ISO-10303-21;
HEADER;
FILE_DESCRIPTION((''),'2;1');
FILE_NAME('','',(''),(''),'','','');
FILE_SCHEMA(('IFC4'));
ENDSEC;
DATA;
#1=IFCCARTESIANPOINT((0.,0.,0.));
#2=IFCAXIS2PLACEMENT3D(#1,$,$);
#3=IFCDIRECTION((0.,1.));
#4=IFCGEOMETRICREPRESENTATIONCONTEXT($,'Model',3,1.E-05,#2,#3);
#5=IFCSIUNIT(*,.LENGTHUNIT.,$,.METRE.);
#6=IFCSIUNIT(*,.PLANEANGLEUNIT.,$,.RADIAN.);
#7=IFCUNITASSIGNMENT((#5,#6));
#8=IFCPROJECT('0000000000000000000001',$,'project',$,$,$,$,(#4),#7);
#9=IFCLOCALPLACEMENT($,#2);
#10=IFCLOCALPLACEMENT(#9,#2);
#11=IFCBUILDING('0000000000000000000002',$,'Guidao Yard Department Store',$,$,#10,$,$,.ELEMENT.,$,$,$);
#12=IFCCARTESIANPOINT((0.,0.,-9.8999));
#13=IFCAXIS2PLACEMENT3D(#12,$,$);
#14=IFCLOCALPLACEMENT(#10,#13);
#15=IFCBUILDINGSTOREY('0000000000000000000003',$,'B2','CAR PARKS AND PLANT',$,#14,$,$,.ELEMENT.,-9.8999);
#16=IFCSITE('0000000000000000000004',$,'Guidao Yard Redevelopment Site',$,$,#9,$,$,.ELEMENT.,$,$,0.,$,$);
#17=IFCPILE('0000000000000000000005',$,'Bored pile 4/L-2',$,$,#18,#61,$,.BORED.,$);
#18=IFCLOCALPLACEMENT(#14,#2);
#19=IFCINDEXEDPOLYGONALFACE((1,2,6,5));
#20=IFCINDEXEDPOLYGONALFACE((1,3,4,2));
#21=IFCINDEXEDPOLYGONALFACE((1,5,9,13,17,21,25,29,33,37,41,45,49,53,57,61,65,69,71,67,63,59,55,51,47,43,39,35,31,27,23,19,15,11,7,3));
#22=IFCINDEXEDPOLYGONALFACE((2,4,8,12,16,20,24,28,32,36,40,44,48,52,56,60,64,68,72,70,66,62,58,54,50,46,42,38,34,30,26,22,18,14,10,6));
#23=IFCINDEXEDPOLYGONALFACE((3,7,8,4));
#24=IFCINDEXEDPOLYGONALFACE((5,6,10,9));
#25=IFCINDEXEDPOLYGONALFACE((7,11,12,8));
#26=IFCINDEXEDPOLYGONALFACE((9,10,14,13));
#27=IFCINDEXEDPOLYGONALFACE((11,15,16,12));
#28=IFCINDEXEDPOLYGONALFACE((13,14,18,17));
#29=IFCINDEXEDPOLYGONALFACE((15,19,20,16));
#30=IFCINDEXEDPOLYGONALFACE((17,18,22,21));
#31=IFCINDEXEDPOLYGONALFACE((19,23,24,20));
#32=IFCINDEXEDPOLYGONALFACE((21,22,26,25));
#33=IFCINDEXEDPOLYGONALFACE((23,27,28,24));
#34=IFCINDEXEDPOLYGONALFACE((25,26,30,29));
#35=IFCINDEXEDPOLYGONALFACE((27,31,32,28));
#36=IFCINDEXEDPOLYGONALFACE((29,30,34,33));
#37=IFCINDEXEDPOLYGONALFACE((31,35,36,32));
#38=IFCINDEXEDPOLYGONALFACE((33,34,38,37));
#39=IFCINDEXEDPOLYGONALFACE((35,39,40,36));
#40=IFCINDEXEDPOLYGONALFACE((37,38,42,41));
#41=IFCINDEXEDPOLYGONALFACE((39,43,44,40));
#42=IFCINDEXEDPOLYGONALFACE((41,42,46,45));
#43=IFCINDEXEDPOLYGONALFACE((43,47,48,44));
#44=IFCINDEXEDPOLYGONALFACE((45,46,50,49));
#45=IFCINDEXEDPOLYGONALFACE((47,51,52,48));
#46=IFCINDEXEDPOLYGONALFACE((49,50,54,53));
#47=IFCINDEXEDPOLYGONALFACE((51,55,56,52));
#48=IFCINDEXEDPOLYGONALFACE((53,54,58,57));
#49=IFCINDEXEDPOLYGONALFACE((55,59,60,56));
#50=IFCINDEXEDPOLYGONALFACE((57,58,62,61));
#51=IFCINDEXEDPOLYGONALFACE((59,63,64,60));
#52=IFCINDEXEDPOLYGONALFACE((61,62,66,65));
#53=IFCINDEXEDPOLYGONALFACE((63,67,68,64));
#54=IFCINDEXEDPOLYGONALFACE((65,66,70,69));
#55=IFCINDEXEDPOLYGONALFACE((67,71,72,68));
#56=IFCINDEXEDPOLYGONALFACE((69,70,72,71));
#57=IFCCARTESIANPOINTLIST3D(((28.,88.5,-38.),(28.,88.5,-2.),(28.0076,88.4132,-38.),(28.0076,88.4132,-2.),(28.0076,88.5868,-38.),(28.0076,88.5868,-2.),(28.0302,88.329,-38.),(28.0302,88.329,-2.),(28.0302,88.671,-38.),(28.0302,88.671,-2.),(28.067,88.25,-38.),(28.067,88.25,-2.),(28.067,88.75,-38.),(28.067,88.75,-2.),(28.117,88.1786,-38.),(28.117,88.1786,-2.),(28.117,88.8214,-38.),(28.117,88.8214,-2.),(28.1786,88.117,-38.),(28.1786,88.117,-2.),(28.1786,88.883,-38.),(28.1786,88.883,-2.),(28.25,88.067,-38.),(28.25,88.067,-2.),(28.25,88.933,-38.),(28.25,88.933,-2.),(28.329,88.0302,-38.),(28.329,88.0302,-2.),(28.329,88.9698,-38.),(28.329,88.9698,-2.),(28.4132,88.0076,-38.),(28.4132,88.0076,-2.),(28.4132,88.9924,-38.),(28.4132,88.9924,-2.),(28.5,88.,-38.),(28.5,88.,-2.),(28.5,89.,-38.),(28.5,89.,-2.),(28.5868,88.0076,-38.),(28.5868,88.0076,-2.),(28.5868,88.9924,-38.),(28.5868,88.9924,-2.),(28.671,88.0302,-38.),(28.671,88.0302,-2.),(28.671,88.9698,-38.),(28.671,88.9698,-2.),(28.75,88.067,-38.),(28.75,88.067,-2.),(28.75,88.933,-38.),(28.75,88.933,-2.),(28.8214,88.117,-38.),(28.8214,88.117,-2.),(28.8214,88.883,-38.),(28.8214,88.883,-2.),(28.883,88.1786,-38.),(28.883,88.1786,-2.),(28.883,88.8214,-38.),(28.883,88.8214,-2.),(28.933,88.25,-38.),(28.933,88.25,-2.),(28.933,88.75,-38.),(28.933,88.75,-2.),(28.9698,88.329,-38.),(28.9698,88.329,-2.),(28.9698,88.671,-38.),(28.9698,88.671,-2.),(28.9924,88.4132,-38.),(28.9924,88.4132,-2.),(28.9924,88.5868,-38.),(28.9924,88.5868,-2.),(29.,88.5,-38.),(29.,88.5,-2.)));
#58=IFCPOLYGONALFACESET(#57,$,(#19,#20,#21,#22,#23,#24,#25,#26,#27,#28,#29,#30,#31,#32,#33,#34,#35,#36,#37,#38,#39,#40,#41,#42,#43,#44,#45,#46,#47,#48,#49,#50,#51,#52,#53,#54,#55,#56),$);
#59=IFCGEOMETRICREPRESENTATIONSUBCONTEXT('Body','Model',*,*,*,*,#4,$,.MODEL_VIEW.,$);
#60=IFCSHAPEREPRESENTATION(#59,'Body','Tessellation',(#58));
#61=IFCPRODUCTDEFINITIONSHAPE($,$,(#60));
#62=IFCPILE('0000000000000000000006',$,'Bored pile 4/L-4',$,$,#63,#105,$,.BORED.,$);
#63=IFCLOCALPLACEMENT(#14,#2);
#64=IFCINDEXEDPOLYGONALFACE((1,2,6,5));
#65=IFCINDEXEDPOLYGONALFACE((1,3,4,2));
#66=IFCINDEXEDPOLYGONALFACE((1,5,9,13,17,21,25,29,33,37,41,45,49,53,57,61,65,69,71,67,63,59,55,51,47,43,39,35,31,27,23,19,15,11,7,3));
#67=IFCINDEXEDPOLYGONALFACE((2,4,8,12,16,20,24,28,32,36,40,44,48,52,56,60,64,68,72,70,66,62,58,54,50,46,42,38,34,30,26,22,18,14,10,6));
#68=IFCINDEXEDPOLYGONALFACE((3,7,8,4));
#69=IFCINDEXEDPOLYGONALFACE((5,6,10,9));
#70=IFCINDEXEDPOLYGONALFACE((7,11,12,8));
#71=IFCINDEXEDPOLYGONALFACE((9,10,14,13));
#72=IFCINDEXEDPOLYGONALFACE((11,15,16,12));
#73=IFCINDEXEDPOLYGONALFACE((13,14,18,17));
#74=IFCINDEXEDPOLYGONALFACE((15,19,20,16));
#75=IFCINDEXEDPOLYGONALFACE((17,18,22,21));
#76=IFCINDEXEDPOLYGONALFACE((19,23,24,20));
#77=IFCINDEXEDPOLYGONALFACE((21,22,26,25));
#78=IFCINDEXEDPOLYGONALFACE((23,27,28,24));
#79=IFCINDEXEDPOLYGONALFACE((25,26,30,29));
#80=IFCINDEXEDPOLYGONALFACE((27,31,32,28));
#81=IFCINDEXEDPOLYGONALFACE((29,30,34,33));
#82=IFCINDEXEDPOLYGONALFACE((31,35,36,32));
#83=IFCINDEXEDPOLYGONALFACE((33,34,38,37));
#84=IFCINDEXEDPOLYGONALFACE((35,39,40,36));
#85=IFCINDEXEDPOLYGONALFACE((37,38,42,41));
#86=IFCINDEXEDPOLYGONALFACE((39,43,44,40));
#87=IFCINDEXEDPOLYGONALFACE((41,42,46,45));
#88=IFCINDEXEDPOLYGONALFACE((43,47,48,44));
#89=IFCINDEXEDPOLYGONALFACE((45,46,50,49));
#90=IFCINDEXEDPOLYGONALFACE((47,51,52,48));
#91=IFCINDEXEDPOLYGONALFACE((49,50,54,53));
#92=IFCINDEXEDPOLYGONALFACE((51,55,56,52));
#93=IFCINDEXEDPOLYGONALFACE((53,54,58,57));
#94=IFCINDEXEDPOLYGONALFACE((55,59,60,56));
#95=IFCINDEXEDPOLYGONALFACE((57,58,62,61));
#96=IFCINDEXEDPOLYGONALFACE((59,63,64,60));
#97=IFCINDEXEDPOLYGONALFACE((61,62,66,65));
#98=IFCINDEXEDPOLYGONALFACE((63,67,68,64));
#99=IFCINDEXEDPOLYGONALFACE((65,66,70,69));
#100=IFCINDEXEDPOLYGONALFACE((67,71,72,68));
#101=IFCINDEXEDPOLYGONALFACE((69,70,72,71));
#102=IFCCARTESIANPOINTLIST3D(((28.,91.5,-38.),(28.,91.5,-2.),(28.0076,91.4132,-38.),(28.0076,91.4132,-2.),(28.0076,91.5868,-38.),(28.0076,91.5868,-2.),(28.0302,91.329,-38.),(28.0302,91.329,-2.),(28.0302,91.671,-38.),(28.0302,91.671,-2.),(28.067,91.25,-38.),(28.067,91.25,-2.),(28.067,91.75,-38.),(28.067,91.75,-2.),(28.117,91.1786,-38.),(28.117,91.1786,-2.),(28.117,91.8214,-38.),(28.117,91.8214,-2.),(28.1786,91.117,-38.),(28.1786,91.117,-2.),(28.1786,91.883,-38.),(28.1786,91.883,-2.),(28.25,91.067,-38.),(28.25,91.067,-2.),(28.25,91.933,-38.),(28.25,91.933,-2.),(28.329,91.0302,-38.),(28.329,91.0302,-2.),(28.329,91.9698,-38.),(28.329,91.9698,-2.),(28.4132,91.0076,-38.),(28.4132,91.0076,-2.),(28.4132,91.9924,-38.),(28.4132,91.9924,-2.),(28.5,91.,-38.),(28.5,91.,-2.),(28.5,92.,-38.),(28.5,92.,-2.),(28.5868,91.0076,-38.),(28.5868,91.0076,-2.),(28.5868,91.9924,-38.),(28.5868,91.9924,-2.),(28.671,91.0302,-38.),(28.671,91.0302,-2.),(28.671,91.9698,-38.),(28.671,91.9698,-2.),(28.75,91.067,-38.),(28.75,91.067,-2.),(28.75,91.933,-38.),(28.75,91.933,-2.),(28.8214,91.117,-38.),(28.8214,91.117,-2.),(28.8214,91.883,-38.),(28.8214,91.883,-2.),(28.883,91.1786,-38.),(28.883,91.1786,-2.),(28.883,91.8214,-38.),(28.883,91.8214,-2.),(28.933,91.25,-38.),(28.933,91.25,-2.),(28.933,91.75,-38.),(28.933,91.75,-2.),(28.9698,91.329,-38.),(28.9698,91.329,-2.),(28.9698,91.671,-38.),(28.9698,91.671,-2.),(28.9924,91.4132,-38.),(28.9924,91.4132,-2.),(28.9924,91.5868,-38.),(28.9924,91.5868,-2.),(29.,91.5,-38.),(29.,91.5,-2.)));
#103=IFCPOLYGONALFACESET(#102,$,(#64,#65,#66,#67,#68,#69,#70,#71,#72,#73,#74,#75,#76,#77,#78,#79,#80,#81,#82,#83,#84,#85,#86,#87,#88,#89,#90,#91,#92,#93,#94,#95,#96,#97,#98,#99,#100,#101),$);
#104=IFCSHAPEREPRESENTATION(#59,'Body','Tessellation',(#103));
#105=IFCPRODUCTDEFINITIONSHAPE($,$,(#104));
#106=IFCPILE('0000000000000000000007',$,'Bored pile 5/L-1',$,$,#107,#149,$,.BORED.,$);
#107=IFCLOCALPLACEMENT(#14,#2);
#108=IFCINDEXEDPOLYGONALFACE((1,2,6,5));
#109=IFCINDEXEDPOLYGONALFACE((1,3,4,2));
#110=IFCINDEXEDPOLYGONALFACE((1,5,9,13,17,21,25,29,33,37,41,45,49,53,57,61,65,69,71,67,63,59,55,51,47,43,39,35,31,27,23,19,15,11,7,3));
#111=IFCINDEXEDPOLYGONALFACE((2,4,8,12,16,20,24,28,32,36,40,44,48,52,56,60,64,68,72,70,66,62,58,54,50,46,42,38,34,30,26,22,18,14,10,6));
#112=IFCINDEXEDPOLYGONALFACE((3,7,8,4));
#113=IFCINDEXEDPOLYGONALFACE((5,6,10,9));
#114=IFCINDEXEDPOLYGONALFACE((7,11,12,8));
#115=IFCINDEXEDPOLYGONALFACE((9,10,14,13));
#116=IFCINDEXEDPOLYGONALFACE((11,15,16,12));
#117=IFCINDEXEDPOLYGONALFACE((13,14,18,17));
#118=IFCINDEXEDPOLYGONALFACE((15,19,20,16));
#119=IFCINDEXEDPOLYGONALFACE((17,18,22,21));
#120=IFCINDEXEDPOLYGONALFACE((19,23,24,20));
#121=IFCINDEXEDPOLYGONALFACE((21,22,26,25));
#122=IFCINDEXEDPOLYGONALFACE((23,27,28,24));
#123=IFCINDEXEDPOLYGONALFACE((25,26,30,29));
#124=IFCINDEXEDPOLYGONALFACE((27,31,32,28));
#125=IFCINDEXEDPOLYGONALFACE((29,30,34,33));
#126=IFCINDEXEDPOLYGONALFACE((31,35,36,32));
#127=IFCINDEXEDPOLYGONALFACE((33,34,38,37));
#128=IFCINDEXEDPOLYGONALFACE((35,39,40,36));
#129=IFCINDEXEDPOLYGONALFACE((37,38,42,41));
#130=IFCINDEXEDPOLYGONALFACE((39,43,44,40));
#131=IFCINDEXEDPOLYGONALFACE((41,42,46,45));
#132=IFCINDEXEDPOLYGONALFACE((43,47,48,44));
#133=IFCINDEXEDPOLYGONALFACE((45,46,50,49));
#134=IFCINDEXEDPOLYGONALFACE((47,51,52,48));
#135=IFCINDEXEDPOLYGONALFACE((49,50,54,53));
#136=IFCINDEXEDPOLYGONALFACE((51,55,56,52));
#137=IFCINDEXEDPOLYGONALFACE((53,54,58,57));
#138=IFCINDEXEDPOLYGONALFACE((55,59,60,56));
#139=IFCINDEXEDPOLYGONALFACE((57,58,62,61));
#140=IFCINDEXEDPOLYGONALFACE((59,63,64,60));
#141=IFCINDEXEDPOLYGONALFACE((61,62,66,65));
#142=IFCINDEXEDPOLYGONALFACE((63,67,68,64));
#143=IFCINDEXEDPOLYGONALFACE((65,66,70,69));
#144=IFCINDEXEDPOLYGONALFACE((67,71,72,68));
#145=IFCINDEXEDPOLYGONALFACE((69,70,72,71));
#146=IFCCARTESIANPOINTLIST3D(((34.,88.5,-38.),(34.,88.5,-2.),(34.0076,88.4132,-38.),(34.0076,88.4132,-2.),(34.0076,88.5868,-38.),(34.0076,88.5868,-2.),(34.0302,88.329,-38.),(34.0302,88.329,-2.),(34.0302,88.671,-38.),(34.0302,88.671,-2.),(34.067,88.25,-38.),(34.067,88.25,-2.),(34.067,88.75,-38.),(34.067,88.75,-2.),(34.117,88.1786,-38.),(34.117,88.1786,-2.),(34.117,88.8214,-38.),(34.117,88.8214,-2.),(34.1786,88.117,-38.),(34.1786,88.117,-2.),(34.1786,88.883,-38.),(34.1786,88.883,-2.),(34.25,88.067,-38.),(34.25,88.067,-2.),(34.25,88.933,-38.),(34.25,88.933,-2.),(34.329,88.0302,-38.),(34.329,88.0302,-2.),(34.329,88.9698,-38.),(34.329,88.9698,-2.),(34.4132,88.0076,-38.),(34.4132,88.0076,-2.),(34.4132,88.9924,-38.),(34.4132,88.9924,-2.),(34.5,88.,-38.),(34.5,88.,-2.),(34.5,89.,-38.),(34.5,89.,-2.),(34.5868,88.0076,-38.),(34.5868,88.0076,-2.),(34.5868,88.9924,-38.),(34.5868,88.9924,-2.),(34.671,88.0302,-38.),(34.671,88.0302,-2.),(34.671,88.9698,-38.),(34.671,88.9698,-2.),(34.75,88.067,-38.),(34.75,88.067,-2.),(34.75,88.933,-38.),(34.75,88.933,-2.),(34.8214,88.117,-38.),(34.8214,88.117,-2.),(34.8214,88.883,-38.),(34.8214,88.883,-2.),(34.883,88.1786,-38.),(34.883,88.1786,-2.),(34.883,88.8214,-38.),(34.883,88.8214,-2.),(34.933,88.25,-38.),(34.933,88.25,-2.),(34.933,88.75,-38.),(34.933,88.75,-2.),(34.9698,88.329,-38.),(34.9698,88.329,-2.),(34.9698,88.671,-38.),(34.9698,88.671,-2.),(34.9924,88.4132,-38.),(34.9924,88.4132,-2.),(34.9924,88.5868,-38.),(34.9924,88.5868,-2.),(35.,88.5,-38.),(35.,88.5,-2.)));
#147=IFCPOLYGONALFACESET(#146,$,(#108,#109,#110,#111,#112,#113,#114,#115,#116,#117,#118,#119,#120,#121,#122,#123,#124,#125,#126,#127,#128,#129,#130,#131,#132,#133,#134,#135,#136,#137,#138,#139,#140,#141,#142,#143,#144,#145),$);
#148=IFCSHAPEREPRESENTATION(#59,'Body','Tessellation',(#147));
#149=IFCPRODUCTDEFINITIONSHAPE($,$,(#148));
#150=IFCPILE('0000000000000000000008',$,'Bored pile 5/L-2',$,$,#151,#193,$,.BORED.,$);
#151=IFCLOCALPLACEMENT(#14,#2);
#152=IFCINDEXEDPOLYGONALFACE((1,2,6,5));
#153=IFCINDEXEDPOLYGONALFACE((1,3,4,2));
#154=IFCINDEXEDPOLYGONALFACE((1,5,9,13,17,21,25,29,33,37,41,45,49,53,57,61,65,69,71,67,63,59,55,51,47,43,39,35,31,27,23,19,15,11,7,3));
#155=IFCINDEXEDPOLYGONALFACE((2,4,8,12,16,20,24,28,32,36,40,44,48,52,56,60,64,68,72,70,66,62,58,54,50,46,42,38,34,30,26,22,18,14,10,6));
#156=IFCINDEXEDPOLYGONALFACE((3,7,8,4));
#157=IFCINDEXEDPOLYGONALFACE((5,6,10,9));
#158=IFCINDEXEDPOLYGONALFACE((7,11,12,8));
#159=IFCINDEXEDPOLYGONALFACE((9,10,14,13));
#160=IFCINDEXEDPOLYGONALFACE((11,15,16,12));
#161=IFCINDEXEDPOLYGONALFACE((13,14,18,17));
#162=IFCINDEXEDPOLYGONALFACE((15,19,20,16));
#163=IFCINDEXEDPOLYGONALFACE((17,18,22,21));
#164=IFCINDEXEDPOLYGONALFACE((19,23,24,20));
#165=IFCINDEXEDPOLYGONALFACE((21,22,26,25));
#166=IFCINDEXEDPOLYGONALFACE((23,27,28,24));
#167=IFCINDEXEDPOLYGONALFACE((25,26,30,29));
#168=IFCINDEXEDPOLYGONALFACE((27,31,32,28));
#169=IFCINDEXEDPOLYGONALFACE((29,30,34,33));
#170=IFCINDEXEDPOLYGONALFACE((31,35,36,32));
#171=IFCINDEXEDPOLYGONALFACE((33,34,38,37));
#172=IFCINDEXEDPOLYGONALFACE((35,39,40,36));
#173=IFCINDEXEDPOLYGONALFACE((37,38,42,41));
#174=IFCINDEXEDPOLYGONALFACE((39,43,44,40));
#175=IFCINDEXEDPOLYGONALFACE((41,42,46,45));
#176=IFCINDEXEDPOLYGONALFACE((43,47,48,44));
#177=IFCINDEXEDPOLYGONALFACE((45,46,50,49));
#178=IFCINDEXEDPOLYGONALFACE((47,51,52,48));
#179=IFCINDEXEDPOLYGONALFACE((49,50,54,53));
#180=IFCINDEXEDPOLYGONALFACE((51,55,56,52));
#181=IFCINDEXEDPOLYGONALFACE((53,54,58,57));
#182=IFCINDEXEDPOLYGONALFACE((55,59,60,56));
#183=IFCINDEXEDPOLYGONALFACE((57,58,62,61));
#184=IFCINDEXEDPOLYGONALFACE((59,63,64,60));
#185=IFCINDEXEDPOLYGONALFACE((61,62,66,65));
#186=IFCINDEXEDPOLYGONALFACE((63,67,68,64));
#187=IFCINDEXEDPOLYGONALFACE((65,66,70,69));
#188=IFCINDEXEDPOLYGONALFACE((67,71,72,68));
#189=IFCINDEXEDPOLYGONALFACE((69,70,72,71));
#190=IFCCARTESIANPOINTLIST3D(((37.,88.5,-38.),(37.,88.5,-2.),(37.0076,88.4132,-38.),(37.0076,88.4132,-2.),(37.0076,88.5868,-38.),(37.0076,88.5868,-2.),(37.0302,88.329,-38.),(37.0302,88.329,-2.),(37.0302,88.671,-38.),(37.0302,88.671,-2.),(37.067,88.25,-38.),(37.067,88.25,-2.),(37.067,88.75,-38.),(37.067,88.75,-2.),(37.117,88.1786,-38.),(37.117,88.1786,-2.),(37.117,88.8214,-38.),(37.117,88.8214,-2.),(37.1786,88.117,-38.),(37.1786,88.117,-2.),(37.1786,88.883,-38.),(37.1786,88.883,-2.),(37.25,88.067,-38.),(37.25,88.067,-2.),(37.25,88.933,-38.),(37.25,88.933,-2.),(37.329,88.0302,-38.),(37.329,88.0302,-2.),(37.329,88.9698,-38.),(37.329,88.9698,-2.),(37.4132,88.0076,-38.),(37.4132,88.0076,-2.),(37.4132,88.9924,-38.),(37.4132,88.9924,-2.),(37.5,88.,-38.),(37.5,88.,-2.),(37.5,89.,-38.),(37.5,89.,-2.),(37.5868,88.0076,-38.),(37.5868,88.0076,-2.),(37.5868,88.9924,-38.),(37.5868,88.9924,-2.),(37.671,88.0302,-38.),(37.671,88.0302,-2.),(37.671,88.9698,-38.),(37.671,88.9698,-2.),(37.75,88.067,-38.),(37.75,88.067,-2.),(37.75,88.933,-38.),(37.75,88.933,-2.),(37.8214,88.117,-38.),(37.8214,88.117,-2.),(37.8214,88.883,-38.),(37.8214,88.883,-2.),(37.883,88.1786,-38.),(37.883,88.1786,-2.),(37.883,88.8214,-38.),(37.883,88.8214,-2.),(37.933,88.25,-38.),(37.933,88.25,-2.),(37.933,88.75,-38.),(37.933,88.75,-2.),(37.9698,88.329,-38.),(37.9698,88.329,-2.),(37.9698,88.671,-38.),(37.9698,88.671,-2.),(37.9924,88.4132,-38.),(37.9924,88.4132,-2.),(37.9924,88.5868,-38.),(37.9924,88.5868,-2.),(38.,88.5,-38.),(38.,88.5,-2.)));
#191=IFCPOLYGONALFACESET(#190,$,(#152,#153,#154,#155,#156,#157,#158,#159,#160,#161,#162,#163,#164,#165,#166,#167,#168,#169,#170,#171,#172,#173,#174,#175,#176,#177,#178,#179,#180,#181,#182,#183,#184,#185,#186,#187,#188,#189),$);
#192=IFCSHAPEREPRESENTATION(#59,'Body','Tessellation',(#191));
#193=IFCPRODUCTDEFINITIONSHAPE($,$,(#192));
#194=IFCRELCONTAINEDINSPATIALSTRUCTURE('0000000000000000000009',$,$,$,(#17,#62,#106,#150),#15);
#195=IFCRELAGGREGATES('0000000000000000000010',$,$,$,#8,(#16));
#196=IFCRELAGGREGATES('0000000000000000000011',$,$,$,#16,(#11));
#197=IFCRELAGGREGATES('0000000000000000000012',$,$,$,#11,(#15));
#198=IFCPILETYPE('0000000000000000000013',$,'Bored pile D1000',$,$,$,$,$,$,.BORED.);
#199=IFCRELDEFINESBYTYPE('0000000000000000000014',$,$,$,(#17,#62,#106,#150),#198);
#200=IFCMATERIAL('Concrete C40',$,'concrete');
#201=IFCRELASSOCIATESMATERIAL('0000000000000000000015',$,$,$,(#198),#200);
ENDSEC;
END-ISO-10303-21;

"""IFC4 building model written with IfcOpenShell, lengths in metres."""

from ifc_helpers import new_model, si_unit, direction, frame, origin, origin_2d, place, context, subcontext, project, spatial, circle, extrude, material, material_profile, profile_set, type_object, element, save


model = new_model("IFC4")

# Units and contexts
model_context = context("Model", 3, precision=1e-05, world=origin(), true_north=direction((0.0, 1.0)))
body_context = subcontext(model_context, "Body", "Model", "MODEL_VIEW")
ifc_project = project(units=[si_unit("LENGTHUNIT", "METRE"), si_unit("PLANEANGLEUNIT", "RADIAN")], contexts=[model_context])

# Site, building, storey
site_placement = place(None, origin())
site = spatial("IfcSite", under=ifc_project, at=site_placement, Name="Guidao Yard Redevelopment Site", CompositionType="ELEMENT", RefElevation=0.0)
building_placement = place(site_placement, origin())
building = spatial("IfcBuilding", under=site, at=building_placement, Name="Guidao Yard Department Store", CompositionType="ELEMENT")
storey_placement = place(building_placement, frame((0.0, 0.0, -9.8999)))
storey = spatial("IfcBuildingStorey", under=building, at=storey_placement, Name="B2", Description="CAR PARKS AND PLANT", CompositionType="ELEMENT", Elevation=-9.8999)

# Piles
ifc_material_1 = material(Name="Concrete C40", Category="concrete")
ifc_material_profile_1 = material_profile(ifc_material_1, circle(Radius=0.5, at=origin_2d()), Name="Bored pile D1000")
ifc_profile_set_1 = profile_set([ifc_material_profile_1], Name="Concrete C40")
pile_type = type_object("IfcPileType", Name="Bored pile D1000", PredefinedType="BORED", material=ifc_profile_set_1)
for number, where, z_axis, x_axis, name in (
    (1, (28.5, 88.5, -2.0), (0.0, 0.0, -1.0), (1.0, 0.0, 0.0), "Bored pile 4/L-2"),
    (2, (28.5, 91.5, -2.0), (0.0, 0.0, -1.0), (1.0, 0.0, 0.0), "Bored pile 4/L-4"),
    (3, (34.5, 88.5, -2.0), (0.0, 0.0, -1.0), (1.0, 0.0, 0.0), "Bored pile 5/L-1"),
    (4, (37.5, 88.5, -2.0), (0.0, 0.0, -1.0), (1.0, 0.0, 0.0), "Bored pile 5/L-2"),
):
    element("IfcPile", number, at=place(storey_placement, frame(where, z_axis=z_axis, x_axis=x_axis)), inside=storey, type_object=pile_type, Name=name, PredefinedType="BORED", context=body_context, shape_type="SweptSolid", body=[
        extrude(circle(Radius=0.5, at=origin_2d()), origin(), (0.0, 0.0, 1.0), 36.0),
    ])

save(model, "model.ifc")
